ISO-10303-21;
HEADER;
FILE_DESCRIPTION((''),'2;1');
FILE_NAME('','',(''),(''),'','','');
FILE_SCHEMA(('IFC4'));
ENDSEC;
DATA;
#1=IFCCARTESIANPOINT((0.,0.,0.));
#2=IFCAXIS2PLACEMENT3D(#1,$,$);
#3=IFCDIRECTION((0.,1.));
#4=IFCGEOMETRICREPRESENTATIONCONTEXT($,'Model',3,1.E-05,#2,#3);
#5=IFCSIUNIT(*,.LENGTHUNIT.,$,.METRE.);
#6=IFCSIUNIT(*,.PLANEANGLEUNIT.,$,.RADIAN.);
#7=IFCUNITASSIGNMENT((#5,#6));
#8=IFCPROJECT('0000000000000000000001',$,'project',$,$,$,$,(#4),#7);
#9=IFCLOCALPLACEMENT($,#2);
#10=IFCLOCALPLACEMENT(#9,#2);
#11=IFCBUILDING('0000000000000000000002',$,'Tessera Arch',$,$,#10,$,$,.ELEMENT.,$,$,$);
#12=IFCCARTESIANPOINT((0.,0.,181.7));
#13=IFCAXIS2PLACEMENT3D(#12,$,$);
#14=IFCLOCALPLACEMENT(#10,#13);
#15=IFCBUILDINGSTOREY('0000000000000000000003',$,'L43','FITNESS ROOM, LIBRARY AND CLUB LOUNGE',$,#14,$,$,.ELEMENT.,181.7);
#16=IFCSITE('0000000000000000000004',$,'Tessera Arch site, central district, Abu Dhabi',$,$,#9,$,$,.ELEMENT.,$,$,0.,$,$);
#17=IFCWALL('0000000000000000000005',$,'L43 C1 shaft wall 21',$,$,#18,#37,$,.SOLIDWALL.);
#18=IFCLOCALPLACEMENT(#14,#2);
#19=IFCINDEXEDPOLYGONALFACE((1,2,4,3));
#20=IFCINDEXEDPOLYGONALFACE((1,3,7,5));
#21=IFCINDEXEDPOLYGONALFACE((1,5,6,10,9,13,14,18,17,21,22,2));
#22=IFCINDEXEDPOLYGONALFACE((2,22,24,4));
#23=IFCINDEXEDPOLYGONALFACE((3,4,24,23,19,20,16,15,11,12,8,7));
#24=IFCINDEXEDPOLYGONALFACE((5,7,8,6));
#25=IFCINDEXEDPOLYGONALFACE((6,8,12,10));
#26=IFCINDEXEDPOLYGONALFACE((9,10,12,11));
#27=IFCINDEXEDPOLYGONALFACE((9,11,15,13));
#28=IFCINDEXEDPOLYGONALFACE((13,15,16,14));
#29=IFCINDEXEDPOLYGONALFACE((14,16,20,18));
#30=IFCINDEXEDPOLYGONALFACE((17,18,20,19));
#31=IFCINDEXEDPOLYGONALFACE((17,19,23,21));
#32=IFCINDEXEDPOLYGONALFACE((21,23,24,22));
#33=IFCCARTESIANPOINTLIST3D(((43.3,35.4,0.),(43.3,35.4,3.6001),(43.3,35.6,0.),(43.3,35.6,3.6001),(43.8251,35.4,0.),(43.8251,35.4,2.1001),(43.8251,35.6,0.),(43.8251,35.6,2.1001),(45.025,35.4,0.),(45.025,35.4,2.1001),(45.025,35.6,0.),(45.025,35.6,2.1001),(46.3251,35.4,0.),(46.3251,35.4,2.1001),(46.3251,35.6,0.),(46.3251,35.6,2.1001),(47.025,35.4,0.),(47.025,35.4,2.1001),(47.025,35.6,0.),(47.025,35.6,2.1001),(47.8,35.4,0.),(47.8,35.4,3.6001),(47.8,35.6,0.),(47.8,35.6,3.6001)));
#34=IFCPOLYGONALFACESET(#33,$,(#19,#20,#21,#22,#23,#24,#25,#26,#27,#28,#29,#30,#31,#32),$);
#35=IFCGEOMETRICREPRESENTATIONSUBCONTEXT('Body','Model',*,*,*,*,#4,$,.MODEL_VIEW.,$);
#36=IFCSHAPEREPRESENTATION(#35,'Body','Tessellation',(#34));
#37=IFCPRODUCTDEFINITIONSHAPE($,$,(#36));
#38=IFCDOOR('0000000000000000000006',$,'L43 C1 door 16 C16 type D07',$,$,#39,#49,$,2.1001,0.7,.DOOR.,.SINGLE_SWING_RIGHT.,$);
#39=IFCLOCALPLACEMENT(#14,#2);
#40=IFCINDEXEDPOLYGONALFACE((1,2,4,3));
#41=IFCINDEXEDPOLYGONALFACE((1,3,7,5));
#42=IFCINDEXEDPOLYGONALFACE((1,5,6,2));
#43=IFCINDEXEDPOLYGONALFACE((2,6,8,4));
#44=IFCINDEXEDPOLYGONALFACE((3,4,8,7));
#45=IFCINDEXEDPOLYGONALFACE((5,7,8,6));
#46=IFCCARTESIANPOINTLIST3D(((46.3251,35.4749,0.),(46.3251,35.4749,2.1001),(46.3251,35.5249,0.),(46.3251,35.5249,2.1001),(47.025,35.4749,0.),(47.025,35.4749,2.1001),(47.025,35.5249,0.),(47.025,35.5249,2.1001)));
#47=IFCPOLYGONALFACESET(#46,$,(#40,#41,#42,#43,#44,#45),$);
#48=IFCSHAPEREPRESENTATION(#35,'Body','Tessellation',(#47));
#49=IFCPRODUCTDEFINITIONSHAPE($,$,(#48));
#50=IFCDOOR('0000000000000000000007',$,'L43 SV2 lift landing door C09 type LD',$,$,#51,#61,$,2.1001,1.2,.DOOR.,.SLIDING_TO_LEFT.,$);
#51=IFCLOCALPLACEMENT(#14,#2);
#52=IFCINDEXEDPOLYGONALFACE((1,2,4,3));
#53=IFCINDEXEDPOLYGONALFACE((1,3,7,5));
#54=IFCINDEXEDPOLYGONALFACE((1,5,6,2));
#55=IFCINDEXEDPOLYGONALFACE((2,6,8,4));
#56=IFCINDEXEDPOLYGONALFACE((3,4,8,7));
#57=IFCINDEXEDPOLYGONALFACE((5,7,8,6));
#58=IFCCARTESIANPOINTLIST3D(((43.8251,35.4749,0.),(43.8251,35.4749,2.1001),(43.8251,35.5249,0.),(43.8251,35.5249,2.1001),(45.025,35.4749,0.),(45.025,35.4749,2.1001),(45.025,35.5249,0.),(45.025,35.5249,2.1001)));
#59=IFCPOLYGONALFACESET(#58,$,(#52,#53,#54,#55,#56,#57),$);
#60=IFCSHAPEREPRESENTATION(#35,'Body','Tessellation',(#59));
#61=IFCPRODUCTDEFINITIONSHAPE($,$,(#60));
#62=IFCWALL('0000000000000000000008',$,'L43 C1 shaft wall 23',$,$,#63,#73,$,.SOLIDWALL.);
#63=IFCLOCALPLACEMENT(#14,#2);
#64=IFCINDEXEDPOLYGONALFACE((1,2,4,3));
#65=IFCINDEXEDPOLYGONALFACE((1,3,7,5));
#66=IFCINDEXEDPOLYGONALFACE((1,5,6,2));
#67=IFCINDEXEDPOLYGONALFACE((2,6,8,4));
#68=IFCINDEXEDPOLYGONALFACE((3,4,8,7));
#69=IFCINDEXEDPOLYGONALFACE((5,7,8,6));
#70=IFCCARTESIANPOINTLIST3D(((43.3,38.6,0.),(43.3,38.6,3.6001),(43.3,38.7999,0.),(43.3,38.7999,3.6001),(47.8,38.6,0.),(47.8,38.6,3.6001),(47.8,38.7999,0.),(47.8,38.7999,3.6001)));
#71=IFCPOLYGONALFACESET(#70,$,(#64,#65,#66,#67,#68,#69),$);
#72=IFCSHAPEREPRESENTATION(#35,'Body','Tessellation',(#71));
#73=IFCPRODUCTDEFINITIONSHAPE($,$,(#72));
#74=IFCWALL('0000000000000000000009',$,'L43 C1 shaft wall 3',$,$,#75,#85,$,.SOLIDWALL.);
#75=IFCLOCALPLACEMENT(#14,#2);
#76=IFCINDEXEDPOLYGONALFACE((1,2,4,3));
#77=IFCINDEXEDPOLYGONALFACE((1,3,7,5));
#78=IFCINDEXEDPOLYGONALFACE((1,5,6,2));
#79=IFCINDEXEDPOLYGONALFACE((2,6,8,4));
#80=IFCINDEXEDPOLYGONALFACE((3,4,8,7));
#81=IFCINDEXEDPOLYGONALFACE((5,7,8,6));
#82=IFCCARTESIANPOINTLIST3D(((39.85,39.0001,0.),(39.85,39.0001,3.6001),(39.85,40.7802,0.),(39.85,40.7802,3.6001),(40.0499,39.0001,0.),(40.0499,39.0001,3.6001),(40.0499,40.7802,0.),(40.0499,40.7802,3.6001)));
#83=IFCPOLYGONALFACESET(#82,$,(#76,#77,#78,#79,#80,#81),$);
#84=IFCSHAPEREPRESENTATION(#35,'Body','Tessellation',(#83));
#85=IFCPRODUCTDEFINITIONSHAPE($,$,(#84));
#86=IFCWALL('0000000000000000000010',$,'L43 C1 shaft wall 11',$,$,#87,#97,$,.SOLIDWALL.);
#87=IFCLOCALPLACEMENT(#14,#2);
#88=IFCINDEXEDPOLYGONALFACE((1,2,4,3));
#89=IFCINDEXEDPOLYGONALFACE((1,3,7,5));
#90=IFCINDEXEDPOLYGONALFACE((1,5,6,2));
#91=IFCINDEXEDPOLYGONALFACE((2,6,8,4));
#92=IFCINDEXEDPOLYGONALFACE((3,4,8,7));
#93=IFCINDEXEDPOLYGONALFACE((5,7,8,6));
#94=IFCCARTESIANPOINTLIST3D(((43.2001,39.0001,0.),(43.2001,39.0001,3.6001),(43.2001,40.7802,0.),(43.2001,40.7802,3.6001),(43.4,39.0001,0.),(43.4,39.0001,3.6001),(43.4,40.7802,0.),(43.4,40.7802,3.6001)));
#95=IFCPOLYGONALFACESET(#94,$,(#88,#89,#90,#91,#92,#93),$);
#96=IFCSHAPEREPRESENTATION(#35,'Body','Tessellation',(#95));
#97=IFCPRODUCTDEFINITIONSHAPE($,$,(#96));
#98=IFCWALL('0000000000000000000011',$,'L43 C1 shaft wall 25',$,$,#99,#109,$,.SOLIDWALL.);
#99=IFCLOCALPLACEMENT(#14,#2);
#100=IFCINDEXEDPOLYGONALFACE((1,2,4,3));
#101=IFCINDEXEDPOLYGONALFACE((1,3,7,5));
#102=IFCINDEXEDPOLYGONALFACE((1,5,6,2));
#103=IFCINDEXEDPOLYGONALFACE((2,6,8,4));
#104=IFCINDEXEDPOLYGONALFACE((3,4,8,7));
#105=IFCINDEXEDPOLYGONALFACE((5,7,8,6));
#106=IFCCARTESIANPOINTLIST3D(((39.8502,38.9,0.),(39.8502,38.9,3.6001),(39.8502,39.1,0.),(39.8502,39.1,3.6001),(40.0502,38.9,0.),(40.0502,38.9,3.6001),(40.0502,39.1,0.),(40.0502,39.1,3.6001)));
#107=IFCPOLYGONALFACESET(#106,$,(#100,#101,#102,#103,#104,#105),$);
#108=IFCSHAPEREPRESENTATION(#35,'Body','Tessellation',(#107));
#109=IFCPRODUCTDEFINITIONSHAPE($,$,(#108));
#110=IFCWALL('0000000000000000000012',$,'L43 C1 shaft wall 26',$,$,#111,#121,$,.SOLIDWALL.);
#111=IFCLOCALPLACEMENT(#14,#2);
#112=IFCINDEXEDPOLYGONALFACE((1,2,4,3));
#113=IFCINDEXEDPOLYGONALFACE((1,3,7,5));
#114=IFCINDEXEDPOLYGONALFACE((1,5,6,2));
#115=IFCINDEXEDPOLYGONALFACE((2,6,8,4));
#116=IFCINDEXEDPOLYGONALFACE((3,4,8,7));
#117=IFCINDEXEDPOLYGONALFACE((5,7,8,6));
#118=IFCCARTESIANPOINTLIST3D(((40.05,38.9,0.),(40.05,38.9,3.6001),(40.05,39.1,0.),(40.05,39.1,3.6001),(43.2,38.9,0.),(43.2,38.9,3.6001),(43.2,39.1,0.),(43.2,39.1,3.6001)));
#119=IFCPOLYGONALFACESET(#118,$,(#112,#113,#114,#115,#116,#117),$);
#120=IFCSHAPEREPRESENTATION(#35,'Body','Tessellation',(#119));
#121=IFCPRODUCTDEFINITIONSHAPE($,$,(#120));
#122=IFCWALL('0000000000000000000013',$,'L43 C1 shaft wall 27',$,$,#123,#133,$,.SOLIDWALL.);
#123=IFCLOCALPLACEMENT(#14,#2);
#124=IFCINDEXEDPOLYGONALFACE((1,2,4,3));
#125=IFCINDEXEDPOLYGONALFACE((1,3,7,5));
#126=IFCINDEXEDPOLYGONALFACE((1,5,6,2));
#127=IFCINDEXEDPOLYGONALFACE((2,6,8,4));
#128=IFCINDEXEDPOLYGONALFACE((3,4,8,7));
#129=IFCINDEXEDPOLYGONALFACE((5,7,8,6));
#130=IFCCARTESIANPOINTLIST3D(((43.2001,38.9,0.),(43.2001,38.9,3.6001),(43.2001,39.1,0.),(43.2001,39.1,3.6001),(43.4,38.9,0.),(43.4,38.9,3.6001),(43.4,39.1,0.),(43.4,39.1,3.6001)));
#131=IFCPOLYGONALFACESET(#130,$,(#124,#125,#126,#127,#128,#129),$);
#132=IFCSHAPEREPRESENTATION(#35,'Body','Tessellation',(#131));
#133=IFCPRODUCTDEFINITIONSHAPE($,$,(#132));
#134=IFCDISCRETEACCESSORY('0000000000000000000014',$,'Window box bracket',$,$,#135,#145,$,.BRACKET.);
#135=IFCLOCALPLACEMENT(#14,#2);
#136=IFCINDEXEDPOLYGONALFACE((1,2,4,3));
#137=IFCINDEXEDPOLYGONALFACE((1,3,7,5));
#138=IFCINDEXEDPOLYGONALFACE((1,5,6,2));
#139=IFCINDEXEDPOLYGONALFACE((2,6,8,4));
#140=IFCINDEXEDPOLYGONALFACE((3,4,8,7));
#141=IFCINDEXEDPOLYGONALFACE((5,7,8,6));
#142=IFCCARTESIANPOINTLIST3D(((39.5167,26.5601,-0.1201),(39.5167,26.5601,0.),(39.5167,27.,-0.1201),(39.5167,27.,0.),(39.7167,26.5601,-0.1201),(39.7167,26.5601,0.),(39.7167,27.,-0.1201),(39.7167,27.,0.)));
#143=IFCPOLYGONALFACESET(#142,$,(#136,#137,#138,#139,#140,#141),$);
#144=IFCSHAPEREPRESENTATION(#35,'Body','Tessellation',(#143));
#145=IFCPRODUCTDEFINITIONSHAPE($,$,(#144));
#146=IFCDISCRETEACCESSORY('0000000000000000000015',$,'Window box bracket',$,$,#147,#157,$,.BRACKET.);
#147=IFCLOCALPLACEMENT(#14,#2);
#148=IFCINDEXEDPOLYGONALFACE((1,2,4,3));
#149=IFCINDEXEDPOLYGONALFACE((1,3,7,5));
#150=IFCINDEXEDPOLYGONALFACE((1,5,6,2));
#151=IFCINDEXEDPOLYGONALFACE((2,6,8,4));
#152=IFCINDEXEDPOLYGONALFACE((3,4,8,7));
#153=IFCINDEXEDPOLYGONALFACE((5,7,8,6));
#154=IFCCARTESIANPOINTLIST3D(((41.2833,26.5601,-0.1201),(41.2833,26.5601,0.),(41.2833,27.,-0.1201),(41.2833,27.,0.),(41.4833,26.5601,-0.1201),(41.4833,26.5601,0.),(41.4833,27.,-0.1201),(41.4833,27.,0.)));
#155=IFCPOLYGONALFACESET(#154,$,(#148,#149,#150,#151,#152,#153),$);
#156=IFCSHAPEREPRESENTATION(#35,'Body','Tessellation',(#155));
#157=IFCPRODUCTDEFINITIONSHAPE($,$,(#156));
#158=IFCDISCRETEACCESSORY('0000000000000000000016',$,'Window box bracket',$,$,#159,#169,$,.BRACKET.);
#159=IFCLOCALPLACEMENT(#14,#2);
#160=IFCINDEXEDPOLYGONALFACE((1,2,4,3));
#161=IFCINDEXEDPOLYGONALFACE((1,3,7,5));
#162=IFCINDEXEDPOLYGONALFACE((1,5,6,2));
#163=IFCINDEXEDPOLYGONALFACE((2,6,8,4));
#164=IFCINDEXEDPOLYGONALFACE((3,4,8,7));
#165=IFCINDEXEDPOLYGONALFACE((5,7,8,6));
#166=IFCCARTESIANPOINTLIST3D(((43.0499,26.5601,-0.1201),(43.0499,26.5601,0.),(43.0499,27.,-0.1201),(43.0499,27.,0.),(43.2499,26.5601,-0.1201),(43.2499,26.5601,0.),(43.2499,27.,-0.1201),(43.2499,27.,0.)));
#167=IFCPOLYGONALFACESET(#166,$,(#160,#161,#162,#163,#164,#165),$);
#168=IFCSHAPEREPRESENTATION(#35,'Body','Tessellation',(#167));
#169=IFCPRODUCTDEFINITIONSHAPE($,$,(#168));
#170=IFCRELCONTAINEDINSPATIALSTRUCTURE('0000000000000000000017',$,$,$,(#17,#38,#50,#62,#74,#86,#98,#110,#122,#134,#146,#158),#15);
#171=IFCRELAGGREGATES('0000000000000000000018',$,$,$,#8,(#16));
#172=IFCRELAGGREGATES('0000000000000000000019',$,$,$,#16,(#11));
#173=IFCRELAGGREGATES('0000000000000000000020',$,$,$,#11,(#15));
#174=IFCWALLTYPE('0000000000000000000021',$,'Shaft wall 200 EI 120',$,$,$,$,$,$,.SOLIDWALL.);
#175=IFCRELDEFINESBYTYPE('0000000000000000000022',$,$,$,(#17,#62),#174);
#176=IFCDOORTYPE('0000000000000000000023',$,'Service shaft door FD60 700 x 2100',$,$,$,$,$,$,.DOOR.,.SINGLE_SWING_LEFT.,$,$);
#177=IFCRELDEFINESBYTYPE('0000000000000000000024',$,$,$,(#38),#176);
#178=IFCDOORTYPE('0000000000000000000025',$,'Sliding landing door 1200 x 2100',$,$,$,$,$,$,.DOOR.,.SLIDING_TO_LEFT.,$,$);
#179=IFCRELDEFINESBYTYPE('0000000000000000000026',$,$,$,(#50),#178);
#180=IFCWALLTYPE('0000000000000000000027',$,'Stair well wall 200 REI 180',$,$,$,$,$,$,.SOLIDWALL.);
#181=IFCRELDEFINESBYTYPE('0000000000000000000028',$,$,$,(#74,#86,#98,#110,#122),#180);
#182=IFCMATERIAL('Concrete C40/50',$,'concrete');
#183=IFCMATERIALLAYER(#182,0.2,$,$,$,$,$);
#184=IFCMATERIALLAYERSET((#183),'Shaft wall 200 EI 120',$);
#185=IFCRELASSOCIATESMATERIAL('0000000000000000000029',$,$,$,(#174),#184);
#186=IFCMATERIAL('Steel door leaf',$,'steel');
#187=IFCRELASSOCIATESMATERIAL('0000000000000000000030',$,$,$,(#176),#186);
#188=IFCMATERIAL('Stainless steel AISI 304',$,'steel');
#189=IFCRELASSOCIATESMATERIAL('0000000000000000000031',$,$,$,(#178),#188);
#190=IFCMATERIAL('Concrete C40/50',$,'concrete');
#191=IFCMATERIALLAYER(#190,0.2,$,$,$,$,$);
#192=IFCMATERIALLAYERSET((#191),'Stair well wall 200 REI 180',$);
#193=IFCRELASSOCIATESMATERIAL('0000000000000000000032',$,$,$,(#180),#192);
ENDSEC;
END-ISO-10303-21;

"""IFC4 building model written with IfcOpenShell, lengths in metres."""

from ifc_helpers import new_model, si_unit, direction, frame, frame_2d, origin, origin_2d, place, context, subcontext, project, spatial, rectangle, extrude, material, layer, layer_set, type_object, element, fill, save


model = new_model("IFC4")

# Units and contexts
model_context = context("Model", 3, precision=1e-05, world=origin(), true_north=direction((0.0, 1.0)))
body_context = subcontext(model_context, "Body", "Model", "MODEL_VIEW")
ifc_project = project(units=[si_unit("LENGTHUNIT", "METRE"), si_unit("PLANEANGLEUNIT", "RADIAN")], contexts=[model_context])

# Site, building, storey
site_placement = place(None, origin())
site = spatial("IfcSite", under=ifc_project, at=site_placement, Name="Tessera Arch site, central district, Abu Dhabi", CompositionType="ELEMENT", RefElevation=0.0)
building_placement = place(site_placement, origin())
building = spatial("IfcBuilding", under=site, at=building_placement, Name="Tessera Arch", CompositionType="ELEMENT")
storey_placement = place(building_placement, frame((0.0, 0.0, 181.7)))
storey = spatial("IfcBuildingStorey", under=building, at=storey_placement, Name="L43", Description="FITNESS ROOM, LIBRARY AND CLUB LOUNGE", CompositionType="ELEMENT", Elevation=181.7)

# Shared definitions
ifc_material_1 = material(Name="Concrete C40/50", Category="concrete")
ifc_layer_1 = layer(ifc_material_1, 0.2)
ifc_layer_set_1 = layer_set([ifc_layer_1], Name="Shaft wall 200 EI 120")
wall_type_1 = type_object("IfcWallType", Name="Shaft wall 200 EI 120", PredefinedType="SOLIDWALL", material=ifc_layer_set_1)

# Wall, openings, doors
wall_1_placement = place(storey_placement, frame((43.3, 35.5, 0.0), z_axis=(0.0, 0.0, 1.0), x_axis=(1.0, 0.0, 0.0)))
wall_1 = element("IfcWall", 1, at=wall_1_placement, inside=storey, type_object=wall_type_1, Name="L43 C1 shaft wall 21", PredefinedType="SOLIDWALL", context=body_context, shape_type="SweptSolid", body=[
    extrude(rectangle(XDim=4.5, YDim=0.2, at=frame_2d((2.25, 0.0))), origin(), (0.0, 0.0, 1.0), 3.6001),
])
opening_1_placement = place(wall_1_placement, frame((0.5249, 0.0, 0.0)))
opening_1 = element("IfcOpeningElement", 2, at=opening_1_placement, cuts=wall_1, PredefinedType="OPENING", context=body_context, shape_type="SweptSolid", body=[
    extrude(rectangle(XDim=1.2, YDim=2.1001, at=frame_2d((0.6001, 1.05))), frame((0.0, 0.1099, 0.0), z_axis=(0.0, -1.0, 0.0), x_axis=(1.0, 0.0, 0.0)), (0.0, 0.0, 1.0), 0.22),
])
opening_2_placement = place(wall_1_placement, frame((3.0249, 0.0, 0.0)))
opening_2 = element("IfcOpeningElement", 3, at=opening_2_placement, cuts=wall_1, PredefinedType="OPENING", context=body_context, shape_type="SweptSolid", body=[
    extrude(rectangle(XDim=0.7, YDim=2.1001, at=frame_2d((0.3501, 1.05))), frame((0.0, 0.1099, 0.0), z_axis=(0.0, -1.0, 0.0), x_axis=(1.0, 0.0, 0.0)), (0.0, 0.0, 1.0), 0.22),
])
ifc_material_2 = material(Name="Steel door leaf", Category="steel")
door_type_1 = type_object("IfcDoorType", Name="Service shaft door FD60 700 x 2100", OperationType="SINGLE_SWING_LEFT", PredefinedType="DOOR", material=ifc_material_2)
door_1_placement = place(opening_2_placement, origin())
door_1 = element("IfcDoor", 4, at=door_1_placement, inside=storey, type_object=door_type_1, Name="L43 C1 door 16 C16 type D07", OperationType="SINGLE_SWING_RIGHT", OverallHeight=2.1001, OverallWidth=0.7, PredefinedType="DOOR", context=body_context, shape_type="SweptSolid", body=[
    extrude(rectangle(XDim=0.7, YDim=2.1001, at=frame_2d((0.3501, 1.05))), frame((0.0, 0.0249, 0.0), z_axis=(0.0, -1.0, 0.0), x_axis=(1.0, 0.0, 0.0)), (0.0, 0.0, 1.0), 0.05),
])
fill(opening_2, door_1)
ifc_material_3 = material(Name="Stainless steel AISI 304", Category="steel")
door_type_2 = type_object("IfcDoorType", Name="Sliding landing door 1200 x 2100", OperationType="SLIDING_TO_LEFT", PredefinedType="DOOR", material=ifc_material_3)
door_2_placement = place(opening_1_placement, origin())
door_2 = element("IfcDoor", 5, at=door_2_placement, inside=storey, type_object=door_type_2, Name="L43 SV2 lift landing door C09 type LD", OperationType="SLIDING_TO_LEFT", OverallHeight=2.1001, OverallWidth=1.2, PredefinedType="DOOR", context=body_context, shape_type="SweptSolid", body=[
    extrude(rectangle(XDim=1.2, YDim=2.1001, at=frame_2d((0.6001, 1.05))), frame((0.0, 0.0249, 0.0), z_axis=(0.0, -1.0, 0.0), x_axis=(1.0, 0.0, 0.0)), (0.0, 0.0, 1.0), 0.05),
])
fill(opening_1, door_2)

# Walls
wall_2_placement = place(storey_placement, frame((43.3, 38.7, 0.0), z_axis=(0.0, 0.0, 1.0), x_axis=(1.0, 0.0, 0.0)))
element("IfcWall", 6, at=wall_2_placement, inside=storey, type_object=wall_type_1, Name="L43 C1 shaft wall 23", PredefinedType="SOLIDWALL", context=body_context, shape_type="SweptSolid", body=[
    extrude(rectangle(XDim=4.5, YDim=0.2, at=frame_2d((2.25, 0.0))), origin(), (0.0, 0.0, 1.0), 3.6001),
])
ifc_material_4 = material(Name="Concrete C40/50", Category="concrete")
ifc_layer_2 = layer(ifc_material_4, 0.2)
ifc_layer_set_2 = layer_set([ifc_layer_2], Name="Stair well wall 200 REI 180")
wall_type_2 = type_object("IfcWallType", Name="Stair well wall 200 REI 180", PredefinedType="SOLIDWALL", material=ifc_layer_set_2)
for number, where, z_axis, x_axis, name in (
    (7, (39.95, 39.0, 0.0), (0.0, 0.0, 1.0), (0.0, 1.0, 0.0), "L43 C1 shaft wall 3"),
    (8, (43.3, 39.0, 0.0), (0.0, 0.0, 1.0), (0.0, 1.0, 0.0), "L43 C1 shaft wall 11"),
):
    element("IfcWall", number, at=place(storey_placement, frame(where, z_axis=z_axis, x_axis=x_axis)), inside=storey, type_object=wall_type_2, Name=name, PredefinedType="SOLIDWALL", context=body_context, shape_type="SweptSolid", body=[
        extrude(rectangle(XDim=1.78, YDim=0.2, at=frame_2d((0.8901, 0.0))), origin(), (0.0, 0.0, 1.0), 3.6001),
    ])
wall_3_placement = place(storey_placement, frame((39.8501, 39.0, 0.0), z_axis=(0.0, 0.0, 1.0), x_axis=(1.0, 0.0, 0.0)))
element("IfcWall", 9, at=wall_3_placement, inside=storey, type_object=wall_type_2, Name="L43 C1 shaft wall 25", PredefinedType="SOLIDWALL", context=body_context, shape_type="SweptSolid", body=[
    extrude(rectangle(XDim=0.2, YDim=0.2, at=frame_2d((0.1001, 0.0))), origin(), (0.0, 0.0, 1.0), 3.6001),
])
wall_4_placement = place(storey_placement, frame((40.05, 39.0, 0.0), z_axis=(0.0, 0.0, 1.0), x_axis=(1.0, 0.0, 0.0)))
element("IfcWall", 10, at=wall_4_placement, inside=storey, type_object=wall_type_2, Name="L43 C1 shaft wall 26", PredefinedType="SOLIDWALL", context=body_context, shape_type="SweptSolid", body=[
    extrude(rectangle(XDim=3.1499, YDim=0.2, at=frame_2d((1.575, 0.0))), origin(), (0.0, 0.0, 1.0), 3.6001),
])
wall_5_placement = place(storey_placement, frame((43.2, 39.0, 0.0), z_axis=(0.0, 0.0, 1.0), x_axis=(1.0, 0.0, 0.0)))
element("IfcWall", 11, at=wall_5_placement, inside=storey, type_object=wall_type_2, Name="L43 C1 shaft wall 27", PredefinedType="SOLIDWALL", context=body_context, shape_type="SweptSolid", body=[
    extrude(rectangle(XDim=0.2, YDim=0.2, at=frame_2d((0.1001, 0.0))), origin(), (0.0, 0.0, 1.0), 3.6001),
])

# Discrete accessories
for number, where, z_axis, x_axis, name in (
    (12, (39.6167, 26.78, -0.1201), (0.0, 0.0, 1.0), (0.0, -1.0, 0.0), "Window box bracket"),
    (13, (41.3833, 26.78, -0.1201), (0.0, 0.0, 1.0), (0.0, -1.0, 0.0), "Window box bracket"),
    (14, (43.1499, 26.78, -0.1201), (0.0, 0.0, 1.0), (0.0, -1.0, 0.0), "Window box bracket"),
):
    element("IfcDiscreteAccessory", number, at=place(storey_placement, frame(where, z_axis=z_axis, x_axis=x_axis)), inside=storey, Name=name, PredefinedType="BRACKET", context=body_context, shape_type="SweptSolid", body=[
        extrude(rectangle(XDim=0.4399, YDim=0.2, at=origin_2d()), origin(), (0.0, 0.0, 1.0), 0.1201),
    ])

save(model, "model.ifc")
